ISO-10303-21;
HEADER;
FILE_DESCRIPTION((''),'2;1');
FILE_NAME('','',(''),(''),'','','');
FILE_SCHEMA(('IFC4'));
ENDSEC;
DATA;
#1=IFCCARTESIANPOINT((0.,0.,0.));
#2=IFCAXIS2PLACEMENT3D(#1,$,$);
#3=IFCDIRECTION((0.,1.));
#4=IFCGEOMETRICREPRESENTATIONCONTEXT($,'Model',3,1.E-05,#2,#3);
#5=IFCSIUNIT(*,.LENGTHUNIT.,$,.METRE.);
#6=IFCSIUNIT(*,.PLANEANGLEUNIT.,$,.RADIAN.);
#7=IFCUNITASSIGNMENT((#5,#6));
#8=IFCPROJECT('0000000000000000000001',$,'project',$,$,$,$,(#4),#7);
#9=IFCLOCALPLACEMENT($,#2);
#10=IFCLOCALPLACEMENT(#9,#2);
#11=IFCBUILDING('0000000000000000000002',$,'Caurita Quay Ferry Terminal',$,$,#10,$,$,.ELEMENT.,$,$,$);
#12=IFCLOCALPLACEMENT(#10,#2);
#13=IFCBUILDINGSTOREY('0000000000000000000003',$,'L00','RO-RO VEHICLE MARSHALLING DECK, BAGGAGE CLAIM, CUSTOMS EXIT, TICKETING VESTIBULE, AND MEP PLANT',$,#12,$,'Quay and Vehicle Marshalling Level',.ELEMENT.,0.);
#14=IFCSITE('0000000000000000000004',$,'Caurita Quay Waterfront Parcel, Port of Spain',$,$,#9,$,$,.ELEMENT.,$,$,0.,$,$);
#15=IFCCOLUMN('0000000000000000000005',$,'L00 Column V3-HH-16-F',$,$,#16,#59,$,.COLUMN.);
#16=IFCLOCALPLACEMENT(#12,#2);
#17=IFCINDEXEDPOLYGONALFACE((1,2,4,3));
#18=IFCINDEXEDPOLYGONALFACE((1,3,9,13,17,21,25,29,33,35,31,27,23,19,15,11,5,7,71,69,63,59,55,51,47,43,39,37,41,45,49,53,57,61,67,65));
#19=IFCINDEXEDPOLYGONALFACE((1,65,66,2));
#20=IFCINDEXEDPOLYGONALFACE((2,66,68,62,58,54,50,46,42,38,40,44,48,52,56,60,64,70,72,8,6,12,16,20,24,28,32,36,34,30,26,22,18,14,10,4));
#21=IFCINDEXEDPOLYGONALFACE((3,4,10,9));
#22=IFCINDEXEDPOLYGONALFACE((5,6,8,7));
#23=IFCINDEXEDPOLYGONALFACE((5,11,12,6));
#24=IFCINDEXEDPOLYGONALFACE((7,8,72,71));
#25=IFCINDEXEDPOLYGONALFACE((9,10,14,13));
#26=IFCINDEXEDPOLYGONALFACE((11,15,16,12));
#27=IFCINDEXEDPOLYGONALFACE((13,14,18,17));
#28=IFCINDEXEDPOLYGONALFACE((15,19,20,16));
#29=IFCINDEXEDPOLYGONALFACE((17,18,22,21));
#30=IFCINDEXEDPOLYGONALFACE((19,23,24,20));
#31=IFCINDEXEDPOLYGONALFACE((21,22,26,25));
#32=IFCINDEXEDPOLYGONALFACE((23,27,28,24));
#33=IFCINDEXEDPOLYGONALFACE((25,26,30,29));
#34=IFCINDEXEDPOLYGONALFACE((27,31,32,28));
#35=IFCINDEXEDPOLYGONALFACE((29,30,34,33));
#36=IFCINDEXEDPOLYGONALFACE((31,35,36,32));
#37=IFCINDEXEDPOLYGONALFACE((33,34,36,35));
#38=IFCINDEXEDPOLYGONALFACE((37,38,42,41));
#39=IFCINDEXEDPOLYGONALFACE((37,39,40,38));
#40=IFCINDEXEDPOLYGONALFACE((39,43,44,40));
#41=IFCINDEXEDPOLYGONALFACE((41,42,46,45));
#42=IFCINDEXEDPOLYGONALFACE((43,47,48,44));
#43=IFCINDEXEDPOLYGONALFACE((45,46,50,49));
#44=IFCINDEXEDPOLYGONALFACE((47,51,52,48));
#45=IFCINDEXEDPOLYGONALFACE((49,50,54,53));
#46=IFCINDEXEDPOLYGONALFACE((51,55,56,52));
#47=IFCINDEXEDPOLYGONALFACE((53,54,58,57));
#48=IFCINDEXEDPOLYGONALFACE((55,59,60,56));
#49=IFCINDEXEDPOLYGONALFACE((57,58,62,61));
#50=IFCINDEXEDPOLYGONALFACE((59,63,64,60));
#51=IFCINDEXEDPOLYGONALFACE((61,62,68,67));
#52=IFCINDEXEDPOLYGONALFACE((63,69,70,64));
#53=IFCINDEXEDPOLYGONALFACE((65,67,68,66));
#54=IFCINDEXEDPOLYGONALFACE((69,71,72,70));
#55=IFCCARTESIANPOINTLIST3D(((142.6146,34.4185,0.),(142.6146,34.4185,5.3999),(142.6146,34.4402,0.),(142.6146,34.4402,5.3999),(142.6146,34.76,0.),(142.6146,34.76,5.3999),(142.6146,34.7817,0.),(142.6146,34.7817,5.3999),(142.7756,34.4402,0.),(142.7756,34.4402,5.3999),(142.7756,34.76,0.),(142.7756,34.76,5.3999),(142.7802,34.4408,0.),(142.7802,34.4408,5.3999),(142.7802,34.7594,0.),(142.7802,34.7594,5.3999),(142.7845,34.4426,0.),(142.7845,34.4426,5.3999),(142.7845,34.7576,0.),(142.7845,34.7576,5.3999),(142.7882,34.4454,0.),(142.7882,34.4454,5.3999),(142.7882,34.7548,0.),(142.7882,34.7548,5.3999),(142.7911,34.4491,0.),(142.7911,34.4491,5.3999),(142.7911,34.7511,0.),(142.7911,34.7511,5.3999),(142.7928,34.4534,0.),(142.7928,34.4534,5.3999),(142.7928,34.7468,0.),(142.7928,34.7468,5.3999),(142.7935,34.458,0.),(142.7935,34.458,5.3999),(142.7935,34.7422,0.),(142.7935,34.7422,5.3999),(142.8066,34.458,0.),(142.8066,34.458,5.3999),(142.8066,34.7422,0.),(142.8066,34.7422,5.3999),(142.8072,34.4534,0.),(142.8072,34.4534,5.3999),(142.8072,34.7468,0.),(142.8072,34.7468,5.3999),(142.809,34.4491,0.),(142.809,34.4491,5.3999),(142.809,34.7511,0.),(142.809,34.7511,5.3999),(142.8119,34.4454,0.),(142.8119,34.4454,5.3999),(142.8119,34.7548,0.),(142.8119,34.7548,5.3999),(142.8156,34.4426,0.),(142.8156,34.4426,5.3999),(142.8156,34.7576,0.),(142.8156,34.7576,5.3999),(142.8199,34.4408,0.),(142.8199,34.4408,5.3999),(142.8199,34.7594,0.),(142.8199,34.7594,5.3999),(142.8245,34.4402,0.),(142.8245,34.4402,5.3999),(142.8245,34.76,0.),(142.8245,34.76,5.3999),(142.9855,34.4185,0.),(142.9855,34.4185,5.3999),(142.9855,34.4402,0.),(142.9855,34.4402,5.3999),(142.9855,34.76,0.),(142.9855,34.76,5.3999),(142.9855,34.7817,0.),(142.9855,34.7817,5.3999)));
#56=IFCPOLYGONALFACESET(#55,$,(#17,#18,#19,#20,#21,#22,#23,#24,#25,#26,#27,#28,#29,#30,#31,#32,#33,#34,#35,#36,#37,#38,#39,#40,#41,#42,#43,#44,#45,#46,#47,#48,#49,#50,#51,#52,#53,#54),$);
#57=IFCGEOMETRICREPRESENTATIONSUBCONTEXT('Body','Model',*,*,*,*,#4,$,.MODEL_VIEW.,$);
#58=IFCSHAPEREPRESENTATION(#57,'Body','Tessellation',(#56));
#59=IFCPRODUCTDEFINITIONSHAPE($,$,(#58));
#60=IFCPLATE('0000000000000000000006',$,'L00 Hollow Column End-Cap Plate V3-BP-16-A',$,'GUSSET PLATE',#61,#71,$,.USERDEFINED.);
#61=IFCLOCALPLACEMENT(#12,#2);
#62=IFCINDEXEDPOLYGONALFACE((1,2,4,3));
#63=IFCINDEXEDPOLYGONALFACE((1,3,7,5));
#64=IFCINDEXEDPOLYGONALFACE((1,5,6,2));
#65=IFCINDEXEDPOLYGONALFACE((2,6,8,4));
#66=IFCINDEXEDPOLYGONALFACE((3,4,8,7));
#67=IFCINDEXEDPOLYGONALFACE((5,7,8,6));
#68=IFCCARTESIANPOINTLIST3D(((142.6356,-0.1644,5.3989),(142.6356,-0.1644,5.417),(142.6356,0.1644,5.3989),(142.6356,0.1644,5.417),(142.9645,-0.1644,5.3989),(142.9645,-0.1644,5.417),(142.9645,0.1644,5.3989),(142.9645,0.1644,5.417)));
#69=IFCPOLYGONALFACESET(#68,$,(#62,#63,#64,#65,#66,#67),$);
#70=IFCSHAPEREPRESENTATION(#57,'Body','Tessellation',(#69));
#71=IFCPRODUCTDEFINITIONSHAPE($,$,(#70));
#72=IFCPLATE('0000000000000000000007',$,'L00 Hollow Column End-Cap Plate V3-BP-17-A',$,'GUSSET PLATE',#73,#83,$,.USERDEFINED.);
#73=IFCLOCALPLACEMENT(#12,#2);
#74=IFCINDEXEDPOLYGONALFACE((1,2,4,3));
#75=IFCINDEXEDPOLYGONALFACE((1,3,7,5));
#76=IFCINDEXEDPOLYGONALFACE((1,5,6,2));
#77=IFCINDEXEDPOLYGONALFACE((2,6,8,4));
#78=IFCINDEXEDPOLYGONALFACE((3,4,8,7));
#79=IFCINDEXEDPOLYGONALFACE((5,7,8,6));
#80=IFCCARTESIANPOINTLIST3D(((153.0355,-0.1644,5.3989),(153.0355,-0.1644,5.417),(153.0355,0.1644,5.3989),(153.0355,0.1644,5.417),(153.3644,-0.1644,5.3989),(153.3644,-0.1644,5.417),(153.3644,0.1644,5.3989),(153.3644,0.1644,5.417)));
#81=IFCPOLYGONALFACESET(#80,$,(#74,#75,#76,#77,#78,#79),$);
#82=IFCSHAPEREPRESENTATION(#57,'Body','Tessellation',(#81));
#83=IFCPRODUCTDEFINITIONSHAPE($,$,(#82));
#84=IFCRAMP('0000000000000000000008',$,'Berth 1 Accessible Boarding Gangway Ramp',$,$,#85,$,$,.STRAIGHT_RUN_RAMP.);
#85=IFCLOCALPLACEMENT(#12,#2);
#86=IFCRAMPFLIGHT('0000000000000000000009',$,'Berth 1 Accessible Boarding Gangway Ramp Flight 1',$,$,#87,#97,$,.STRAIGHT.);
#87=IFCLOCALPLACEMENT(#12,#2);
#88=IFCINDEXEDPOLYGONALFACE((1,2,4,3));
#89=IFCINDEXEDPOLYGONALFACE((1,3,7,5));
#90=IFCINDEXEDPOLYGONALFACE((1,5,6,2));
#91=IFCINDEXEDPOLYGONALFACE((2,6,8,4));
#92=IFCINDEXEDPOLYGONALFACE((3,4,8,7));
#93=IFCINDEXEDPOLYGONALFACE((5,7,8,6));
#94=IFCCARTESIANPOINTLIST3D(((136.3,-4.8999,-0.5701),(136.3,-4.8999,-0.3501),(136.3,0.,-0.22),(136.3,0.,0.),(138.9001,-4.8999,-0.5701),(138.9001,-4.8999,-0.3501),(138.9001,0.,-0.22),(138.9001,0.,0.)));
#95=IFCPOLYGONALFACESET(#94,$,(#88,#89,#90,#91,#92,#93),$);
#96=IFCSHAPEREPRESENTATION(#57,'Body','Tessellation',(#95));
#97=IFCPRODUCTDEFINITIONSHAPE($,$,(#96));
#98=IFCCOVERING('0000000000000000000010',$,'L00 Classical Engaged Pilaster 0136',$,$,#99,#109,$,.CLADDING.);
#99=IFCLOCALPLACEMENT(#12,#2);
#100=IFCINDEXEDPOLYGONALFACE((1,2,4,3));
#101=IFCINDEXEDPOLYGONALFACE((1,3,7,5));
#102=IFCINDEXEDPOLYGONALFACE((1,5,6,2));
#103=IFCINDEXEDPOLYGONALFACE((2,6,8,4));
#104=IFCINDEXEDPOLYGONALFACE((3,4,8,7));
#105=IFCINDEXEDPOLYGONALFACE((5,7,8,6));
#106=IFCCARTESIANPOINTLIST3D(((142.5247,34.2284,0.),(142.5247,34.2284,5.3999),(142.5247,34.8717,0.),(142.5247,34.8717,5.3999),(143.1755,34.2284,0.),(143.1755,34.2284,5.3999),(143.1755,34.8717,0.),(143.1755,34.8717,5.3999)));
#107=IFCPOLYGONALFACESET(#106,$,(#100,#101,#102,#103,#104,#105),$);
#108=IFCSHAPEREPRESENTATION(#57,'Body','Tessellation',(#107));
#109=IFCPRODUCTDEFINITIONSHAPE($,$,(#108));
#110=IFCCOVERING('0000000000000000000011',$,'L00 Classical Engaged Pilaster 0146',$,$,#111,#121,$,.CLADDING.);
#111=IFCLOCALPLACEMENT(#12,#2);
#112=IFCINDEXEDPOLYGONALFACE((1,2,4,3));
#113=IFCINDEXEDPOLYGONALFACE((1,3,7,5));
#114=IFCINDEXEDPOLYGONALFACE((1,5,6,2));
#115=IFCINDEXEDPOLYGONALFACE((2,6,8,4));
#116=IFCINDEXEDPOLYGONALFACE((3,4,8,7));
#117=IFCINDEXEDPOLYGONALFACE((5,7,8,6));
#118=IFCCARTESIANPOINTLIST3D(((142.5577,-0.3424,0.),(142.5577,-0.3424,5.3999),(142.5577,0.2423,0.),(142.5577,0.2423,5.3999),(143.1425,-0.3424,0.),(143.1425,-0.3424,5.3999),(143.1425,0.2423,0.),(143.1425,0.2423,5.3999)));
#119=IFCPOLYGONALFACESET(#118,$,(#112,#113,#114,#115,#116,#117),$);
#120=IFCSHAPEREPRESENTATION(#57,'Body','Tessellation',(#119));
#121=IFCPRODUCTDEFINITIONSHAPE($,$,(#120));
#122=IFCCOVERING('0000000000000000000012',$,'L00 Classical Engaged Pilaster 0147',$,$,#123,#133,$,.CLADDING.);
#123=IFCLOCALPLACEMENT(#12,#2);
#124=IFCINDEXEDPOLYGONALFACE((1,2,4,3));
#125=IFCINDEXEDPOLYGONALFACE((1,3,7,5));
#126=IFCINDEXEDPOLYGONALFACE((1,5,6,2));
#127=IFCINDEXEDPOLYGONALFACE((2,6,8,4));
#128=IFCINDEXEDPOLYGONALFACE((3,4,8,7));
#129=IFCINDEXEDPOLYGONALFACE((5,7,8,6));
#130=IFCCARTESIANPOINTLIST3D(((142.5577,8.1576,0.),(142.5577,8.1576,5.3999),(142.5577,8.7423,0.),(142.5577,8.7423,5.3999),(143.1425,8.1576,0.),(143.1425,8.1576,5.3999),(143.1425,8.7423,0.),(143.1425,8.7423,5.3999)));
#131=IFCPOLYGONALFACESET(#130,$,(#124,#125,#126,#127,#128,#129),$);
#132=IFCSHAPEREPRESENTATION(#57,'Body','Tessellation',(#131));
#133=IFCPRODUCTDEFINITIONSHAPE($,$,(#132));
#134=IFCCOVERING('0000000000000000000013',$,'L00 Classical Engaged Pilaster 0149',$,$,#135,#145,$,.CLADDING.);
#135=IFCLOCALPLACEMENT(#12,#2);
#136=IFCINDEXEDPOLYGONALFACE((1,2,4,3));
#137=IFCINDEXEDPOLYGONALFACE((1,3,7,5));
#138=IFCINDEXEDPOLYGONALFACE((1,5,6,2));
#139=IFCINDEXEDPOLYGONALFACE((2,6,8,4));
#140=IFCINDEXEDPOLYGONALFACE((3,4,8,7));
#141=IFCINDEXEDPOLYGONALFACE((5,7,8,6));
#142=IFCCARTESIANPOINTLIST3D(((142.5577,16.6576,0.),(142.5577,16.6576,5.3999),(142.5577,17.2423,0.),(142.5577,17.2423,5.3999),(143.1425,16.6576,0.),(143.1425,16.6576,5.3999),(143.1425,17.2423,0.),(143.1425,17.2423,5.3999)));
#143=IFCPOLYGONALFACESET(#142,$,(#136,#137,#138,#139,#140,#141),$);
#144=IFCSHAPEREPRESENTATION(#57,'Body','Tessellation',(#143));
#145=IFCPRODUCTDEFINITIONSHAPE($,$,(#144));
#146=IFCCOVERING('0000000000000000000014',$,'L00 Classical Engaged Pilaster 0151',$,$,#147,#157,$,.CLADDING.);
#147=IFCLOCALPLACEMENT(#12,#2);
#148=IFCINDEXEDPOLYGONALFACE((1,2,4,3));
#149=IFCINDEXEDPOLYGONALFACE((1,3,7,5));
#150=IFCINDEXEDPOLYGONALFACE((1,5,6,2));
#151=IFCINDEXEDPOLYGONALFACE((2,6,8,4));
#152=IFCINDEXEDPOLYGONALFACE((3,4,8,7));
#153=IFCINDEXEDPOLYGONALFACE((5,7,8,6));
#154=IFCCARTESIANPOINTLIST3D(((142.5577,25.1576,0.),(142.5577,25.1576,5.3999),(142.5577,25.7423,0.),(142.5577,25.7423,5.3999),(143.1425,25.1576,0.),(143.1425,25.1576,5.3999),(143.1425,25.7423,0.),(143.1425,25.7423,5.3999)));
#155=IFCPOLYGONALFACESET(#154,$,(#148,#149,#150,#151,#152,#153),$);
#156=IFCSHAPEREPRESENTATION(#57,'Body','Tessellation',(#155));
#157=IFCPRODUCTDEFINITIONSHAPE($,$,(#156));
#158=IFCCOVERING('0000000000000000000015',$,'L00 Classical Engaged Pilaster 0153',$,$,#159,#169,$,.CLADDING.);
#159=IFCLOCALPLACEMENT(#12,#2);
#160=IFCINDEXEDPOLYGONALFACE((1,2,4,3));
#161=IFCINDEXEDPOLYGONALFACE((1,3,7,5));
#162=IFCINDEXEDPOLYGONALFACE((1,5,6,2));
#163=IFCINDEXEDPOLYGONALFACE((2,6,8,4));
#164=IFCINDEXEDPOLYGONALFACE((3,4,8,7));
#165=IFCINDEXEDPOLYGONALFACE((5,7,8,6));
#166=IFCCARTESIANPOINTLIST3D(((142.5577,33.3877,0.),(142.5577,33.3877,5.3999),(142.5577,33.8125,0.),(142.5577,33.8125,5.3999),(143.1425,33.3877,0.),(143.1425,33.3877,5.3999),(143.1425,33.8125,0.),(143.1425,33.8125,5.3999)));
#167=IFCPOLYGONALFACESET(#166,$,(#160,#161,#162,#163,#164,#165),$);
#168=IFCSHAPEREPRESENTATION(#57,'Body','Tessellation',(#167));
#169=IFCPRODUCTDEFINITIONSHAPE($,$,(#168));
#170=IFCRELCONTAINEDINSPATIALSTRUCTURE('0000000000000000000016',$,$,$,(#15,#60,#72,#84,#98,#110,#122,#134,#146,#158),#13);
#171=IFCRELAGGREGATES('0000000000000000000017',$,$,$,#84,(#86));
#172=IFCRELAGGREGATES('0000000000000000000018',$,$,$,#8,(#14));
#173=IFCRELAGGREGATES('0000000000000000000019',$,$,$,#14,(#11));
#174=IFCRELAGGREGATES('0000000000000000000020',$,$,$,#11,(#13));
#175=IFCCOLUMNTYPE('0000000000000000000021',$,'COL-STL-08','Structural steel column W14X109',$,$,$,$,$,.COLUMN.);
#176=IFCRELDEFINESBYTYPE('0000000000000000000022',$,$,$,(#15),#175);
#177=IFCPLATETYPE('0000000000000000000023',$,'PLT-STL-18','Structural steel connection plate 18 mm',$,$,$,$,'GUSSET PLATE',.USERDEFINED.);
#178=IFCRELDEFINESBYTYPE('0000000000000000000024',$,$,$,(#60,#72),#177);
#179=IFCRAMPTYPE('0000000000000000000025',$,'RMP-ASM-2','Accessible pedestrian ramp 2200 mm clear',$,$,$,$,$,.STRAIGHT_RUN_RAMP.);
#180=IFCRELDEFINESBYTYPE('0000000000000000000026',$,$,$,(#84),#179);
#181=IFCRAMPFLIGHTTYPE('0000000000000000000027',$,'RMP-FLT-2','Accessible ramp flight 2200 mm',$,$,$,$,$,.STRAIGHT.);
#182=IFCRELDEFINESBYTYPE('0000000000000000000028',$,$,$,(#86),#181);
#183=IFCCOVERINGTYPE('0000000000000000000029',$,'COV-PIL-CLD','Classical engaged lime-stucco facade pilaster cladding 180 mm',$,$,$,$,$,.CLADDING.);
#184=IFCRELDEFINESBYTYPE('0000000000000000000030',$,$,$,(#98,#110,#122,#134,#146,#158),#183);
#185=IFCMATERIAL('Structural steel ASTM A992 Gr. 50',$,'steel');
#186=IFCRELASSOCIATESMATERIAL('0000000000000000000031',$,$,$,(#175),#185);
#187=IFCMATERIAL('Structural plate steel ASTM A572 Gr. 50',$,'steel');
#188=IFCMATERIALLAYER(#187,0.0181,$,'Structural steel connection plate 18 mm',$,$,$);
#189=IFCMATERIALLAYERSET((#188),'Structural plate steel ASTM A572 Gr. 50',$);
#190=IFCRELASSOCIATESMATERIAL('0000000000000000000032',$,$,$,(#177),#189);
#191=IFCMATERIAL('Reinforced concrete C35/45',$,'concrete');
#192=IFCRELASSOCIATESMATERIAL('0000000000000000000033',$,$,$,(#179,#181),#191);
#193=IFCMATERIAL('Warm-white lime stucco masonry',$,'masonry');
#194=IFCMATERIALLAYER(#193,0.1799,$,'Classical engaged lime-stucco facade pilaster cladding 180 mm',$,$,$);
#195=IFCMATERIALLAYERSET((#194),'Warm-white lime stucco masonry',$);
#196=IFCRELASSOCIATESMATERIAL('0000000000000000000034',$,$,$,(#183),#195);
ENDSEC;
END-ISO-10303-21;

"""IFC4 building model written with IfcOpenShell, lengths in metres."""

from ifc_helpers import new_model, si_unit, direction, frame, origin, origin_2d, place, context, subcontext, project, spatial, polyline, rectangle, i_section, outline, extrude, material, layer, layer_set, material_profile, profile_set, type_object, element, aggregate, save


model = new_model("IFC4")

# Units and contexts
model_context = context("Model", 3, precision=1e-05, world=origin(), true_north=direction((0.0, 1.0)))
body_context = subcontext(model_context, "Body", "Model", "MODEL_VIEW")
ifc_project = project(units=[si_unit("LENGTHUNIT", "METRE"), si_unit("PLANEANGLEUNIT", "RADIAN")], contexts=[model_context])

# Site, building, storey
site_placement = place(None, origin())
site = spatial("IfcSite", under=ifc_project, at=site_placement, Name="Caurita Quay Waterfront Parcel, Port of Spain", CompositionType="ELEMENT", RefElevation=0.0)
building_placement = place(site_placement, origin())
building = spatial("IfcBuilding", under=site, at=building_placement, Name="Caurita Quay Ferry Terminal", CompositionType="ELEMENT")
storey_placement = place(building_placement, origin())
storey = spatial("IfcBuildingStorey", under=building, at=storey_placement, Name="L00", Description="RO-RO VEHICLE MARSHALLING DECK, BAGGAGE CLAIM, CUSTOMS EXIT, TICKETING VESTIBULE, AND MEP PLANT", LongName="Quay and Vehicle Marshalling Level", CompositionType="ELEMENT", Elevation=0.0)

# Column
ifc_material_1 = material(Name="Structural steel ASTM A992 Gr. 50", Category="steel")
ifc_material_profile_1 = material_profile(ifc_material_1, i_section(OverallWidth=0.3708, OverallDepth=0.3633, WebThickness=0.0132, FlangeThickness=0.0217, FilletRadius=0.0178, at=origin_2d()), Name="W14X109")
ifc_profile_set_1 = profile_set([ifc_material_profile_1], Name="Structural steel ASTM A992 Gr. 50")
column_type_1 = type_object("IfcColumnType", Name="COL-STL-08", Description="Structural steel column W14X109", PredefinedType="COLUMN", material=ifc_profile_set_1)
column_placement = place(storey_placement, frame((142.8, 34.6001, 0.0), z_axis=(0.0, 0.0, 1.0), x_axis=(1.0, 0.0, 0.0)))
element("IfcColumn", 1, at=column_placement, inside=storey, type_object=column_type_1, Name="L00 Column V3-HH-16-F", PredefinedType="COLUMN", context=body_context, shape_type="SweptSolid", body=[
    extrude(i_section(OverallWidth=0.3708, OverallDepth=0.3633, WebThickness=0.0132, FlangeThickness=0.0217, FilletRadius=0.0178, at=origin_2d()), origin(), (0.0, 0.0, 1.0), 5.3999),
])

# Plates
ifc_material_2 = material(Name="Structural plate steel ASTM A572 Gr. 50", Category="steel")
ifc_layer_1 = layer(ifc_material_2, 0.0181, Name="Structural steel connection plate 18 mm")
ifc_layer_set_1 = layer_set([ifc_layer_1], Name="Structural plate steel ASTM A572 Gr. 50")
plate_type = type_object("IfcPlateType", Name="PLT-STL-18", Description="Structural steel connection plate 18 mm", ElementType="GUSSET PLATE", PredefinedType="USERDEFINED", material=ifc_layer_set_1)
for number, where, z_axis, x_axis, name in (
    (2, (142.8, 0.0, 5.3989), (0.0, 0.0, 1.0), (1.0, 0.0, 0.0), "L00 Hollow Column End-Cap Plate V3-BP-16-A"),
    (3, (153.2, 0.0, 5.3989), (0.0, 0.0, 1.0), (1.0, 0.0, 0.0), "L00 Hollow Column End-Cap Plate V3-BP-17-A"),
):
    element("IfcPlate", number, at=place(storey_placement, frame(where, z_axis=z_axis, x_axis=x_axis)), inside=storey, type_object=plate_type, Name=name, ObjectType="GUSSET PLATE", PredefinedType="USERDEFINED", context=body_context, shape_type="SweptSolid", body=[
        extrude(rectangle(XDim=0.3289, YDim=0.3289, at=origin_2d()), origin(), (0.0, 0.0, 1.0), 0.0181),
    ])

# Ramp, ramp flight
ifc_material_3 = material(Name="Reinforced concrete C35/45", Category="concrete")
ramp_type = type_object("IfcRampType", Name="RMP-ASM-2", Description="Accessible pedestrian ramp 2200 mm clear", PredefinedType="STRAIGHT_RUN_RAMP", material=ifc_material_3)
ramp_placement = place(storey_placement, origin())
ramp = element("IfcRamp", 4, at=ramp_placement, inside=storey, type_object=ramp_type, Name="Berth 1 Accessible Boarding Gangway Ramp", PredefinedType="STRAIGHT_RUN_RAMP")
ramp_flight_type = type_object("IfcRampFlightType", Name="RMP-FLT-2", Description="Accessible ramp flight 2200 mm", PredefinedType="STRAIGHT", material=ifc_material_3)
ramp_flight_placement = place(storey_placement, frame((137.6001, -4.8999, -0.3501), z_axis=(0.0, 0.0, 1.0), x_axis=(0.0, 1.0, 0.0)))
ramp_flight = element("IfcRampFlight", 5, at=ramp_flight_placement, type_object=ramp_flight_type, Name="Berth 1 Accessible Boarding Gangway Ramp Flight 1", PredefinedType="STRAIGHT", context=body_context, shape_type="SweptSolid", body=[
    extrude(outline(polyline([(0.0, 0.0), (0.0, -0.22), (4.8999, 0.1301), (4.8999, 0.3501), (0.0, 0.0)])), frame((0.0, 1.3, 0.0), z_axis=(0.0, -1.0, 0.0), x_axis=(1.0, 0.0, 0.0)), (0.0, 0.0, 1.0), 2.6001),
])
aggregate(ramp, [ramp_flight])

# Coverings
ifc_material_4 = material(Name="Warm-white lime stucco masonry", Category="masonry")
ifc_layer_2 = layer(ifc_material_4, 0.1799, Name="Classical engaged lime-stucco facade pilaster cladding 180 mm")
ifc_layer_set_2 = layer_set([ifc_layer_2], Name="Warm-white lime stucco masonry")
covering_type = type_object("IfcCoveringType", Name="COV-PIL-CLD", Description="Classical engaged lime-stucco facade pilaster cladding 180 mm", PredefinedType="CLADDING", material=ifc_layer_set_2)
covering_1_placement = place(storey_placement, frame((142.8501, 34.55, 0.0), z_axis=(0.0, 0.0, 1.0), x_axis=(1.0, 0.0, 0.0)))
element("IfcCovering", 6, at=covering_1_placement, inside=storey, type_object=covering_type, Name="L00 Classical Engaged Pilaster 0136", PredefinedType="CLADDING", context=body_context, shape_type="SweptSolid", body=[
    extrude(rectangle(XDim=0.6509, YDim=0.6433, at=origin_2d()), origin(), (0.0, 0.0, 1.0), 5.3999),
])
for number, where, z_axis, x_axis, name in (
    (7, (142.8501, -0.05, 0.0), (0.0, 0.0, 1.0), (1.0, 0.0, 0.0), "L00 Classical Engaged Pilaster 0146"),
    (8, (142.8501, 8.45, 0.0), (0.0, 0.0, 1.0), (1.0, 0.0, 0.0), "L00 Classical Engaged Pilaster 0147"),
    (9, (142.8501, 16.95, 0.0), (0.0, 0.0, 1.0), (1.0, 0.0, 0.0), "L00 Classical Engaged Pilaster 0149"),
    (10, (142.8501, 25.45, 0.0), (0.0, 0.0, 1.0), (1.0, 0.0, 0.0), "L00 Classical Engaged Pilaster 0151"),
):
    element("IfcCovering", number, at=place(storey_placement, frame(where, z_axis=z_axis, x_axis=x_axis)), inside=storey, type_object=covering_type, Name=name, PredefinedType="CLADDING", context=body_context, shape_type="SweptSolid", body=[
        extrude(rectangle(XDim=0.5847, YDim=0.5847, at=origin_2d()), origin(), (0.0, 0.0, 1.0), 5.3999),
    ])
covering_2_placement = place(storey_placement, frame((142.8501, 33.6001, 0.0), z_axis=(0.0, 0.0, 1.0), x_axis=(1.0, 0.0, 0.0)))
element("IfcCovering", 11, at=covering_2_placement, inside=storey, type_object=covering_type, Name="L00 Classical Engaged Pilaster 0153", PredefinedType="CLADDING", context=body_context, shape_type="SweptSolid", body=[
    extrude(rectangle(XDim=0.5847, YDim=0.4248, at=origin_2d()), origin(), (0.0, 0.0, 1.0), 5.3999),
])

save(model, "model.ifc")
